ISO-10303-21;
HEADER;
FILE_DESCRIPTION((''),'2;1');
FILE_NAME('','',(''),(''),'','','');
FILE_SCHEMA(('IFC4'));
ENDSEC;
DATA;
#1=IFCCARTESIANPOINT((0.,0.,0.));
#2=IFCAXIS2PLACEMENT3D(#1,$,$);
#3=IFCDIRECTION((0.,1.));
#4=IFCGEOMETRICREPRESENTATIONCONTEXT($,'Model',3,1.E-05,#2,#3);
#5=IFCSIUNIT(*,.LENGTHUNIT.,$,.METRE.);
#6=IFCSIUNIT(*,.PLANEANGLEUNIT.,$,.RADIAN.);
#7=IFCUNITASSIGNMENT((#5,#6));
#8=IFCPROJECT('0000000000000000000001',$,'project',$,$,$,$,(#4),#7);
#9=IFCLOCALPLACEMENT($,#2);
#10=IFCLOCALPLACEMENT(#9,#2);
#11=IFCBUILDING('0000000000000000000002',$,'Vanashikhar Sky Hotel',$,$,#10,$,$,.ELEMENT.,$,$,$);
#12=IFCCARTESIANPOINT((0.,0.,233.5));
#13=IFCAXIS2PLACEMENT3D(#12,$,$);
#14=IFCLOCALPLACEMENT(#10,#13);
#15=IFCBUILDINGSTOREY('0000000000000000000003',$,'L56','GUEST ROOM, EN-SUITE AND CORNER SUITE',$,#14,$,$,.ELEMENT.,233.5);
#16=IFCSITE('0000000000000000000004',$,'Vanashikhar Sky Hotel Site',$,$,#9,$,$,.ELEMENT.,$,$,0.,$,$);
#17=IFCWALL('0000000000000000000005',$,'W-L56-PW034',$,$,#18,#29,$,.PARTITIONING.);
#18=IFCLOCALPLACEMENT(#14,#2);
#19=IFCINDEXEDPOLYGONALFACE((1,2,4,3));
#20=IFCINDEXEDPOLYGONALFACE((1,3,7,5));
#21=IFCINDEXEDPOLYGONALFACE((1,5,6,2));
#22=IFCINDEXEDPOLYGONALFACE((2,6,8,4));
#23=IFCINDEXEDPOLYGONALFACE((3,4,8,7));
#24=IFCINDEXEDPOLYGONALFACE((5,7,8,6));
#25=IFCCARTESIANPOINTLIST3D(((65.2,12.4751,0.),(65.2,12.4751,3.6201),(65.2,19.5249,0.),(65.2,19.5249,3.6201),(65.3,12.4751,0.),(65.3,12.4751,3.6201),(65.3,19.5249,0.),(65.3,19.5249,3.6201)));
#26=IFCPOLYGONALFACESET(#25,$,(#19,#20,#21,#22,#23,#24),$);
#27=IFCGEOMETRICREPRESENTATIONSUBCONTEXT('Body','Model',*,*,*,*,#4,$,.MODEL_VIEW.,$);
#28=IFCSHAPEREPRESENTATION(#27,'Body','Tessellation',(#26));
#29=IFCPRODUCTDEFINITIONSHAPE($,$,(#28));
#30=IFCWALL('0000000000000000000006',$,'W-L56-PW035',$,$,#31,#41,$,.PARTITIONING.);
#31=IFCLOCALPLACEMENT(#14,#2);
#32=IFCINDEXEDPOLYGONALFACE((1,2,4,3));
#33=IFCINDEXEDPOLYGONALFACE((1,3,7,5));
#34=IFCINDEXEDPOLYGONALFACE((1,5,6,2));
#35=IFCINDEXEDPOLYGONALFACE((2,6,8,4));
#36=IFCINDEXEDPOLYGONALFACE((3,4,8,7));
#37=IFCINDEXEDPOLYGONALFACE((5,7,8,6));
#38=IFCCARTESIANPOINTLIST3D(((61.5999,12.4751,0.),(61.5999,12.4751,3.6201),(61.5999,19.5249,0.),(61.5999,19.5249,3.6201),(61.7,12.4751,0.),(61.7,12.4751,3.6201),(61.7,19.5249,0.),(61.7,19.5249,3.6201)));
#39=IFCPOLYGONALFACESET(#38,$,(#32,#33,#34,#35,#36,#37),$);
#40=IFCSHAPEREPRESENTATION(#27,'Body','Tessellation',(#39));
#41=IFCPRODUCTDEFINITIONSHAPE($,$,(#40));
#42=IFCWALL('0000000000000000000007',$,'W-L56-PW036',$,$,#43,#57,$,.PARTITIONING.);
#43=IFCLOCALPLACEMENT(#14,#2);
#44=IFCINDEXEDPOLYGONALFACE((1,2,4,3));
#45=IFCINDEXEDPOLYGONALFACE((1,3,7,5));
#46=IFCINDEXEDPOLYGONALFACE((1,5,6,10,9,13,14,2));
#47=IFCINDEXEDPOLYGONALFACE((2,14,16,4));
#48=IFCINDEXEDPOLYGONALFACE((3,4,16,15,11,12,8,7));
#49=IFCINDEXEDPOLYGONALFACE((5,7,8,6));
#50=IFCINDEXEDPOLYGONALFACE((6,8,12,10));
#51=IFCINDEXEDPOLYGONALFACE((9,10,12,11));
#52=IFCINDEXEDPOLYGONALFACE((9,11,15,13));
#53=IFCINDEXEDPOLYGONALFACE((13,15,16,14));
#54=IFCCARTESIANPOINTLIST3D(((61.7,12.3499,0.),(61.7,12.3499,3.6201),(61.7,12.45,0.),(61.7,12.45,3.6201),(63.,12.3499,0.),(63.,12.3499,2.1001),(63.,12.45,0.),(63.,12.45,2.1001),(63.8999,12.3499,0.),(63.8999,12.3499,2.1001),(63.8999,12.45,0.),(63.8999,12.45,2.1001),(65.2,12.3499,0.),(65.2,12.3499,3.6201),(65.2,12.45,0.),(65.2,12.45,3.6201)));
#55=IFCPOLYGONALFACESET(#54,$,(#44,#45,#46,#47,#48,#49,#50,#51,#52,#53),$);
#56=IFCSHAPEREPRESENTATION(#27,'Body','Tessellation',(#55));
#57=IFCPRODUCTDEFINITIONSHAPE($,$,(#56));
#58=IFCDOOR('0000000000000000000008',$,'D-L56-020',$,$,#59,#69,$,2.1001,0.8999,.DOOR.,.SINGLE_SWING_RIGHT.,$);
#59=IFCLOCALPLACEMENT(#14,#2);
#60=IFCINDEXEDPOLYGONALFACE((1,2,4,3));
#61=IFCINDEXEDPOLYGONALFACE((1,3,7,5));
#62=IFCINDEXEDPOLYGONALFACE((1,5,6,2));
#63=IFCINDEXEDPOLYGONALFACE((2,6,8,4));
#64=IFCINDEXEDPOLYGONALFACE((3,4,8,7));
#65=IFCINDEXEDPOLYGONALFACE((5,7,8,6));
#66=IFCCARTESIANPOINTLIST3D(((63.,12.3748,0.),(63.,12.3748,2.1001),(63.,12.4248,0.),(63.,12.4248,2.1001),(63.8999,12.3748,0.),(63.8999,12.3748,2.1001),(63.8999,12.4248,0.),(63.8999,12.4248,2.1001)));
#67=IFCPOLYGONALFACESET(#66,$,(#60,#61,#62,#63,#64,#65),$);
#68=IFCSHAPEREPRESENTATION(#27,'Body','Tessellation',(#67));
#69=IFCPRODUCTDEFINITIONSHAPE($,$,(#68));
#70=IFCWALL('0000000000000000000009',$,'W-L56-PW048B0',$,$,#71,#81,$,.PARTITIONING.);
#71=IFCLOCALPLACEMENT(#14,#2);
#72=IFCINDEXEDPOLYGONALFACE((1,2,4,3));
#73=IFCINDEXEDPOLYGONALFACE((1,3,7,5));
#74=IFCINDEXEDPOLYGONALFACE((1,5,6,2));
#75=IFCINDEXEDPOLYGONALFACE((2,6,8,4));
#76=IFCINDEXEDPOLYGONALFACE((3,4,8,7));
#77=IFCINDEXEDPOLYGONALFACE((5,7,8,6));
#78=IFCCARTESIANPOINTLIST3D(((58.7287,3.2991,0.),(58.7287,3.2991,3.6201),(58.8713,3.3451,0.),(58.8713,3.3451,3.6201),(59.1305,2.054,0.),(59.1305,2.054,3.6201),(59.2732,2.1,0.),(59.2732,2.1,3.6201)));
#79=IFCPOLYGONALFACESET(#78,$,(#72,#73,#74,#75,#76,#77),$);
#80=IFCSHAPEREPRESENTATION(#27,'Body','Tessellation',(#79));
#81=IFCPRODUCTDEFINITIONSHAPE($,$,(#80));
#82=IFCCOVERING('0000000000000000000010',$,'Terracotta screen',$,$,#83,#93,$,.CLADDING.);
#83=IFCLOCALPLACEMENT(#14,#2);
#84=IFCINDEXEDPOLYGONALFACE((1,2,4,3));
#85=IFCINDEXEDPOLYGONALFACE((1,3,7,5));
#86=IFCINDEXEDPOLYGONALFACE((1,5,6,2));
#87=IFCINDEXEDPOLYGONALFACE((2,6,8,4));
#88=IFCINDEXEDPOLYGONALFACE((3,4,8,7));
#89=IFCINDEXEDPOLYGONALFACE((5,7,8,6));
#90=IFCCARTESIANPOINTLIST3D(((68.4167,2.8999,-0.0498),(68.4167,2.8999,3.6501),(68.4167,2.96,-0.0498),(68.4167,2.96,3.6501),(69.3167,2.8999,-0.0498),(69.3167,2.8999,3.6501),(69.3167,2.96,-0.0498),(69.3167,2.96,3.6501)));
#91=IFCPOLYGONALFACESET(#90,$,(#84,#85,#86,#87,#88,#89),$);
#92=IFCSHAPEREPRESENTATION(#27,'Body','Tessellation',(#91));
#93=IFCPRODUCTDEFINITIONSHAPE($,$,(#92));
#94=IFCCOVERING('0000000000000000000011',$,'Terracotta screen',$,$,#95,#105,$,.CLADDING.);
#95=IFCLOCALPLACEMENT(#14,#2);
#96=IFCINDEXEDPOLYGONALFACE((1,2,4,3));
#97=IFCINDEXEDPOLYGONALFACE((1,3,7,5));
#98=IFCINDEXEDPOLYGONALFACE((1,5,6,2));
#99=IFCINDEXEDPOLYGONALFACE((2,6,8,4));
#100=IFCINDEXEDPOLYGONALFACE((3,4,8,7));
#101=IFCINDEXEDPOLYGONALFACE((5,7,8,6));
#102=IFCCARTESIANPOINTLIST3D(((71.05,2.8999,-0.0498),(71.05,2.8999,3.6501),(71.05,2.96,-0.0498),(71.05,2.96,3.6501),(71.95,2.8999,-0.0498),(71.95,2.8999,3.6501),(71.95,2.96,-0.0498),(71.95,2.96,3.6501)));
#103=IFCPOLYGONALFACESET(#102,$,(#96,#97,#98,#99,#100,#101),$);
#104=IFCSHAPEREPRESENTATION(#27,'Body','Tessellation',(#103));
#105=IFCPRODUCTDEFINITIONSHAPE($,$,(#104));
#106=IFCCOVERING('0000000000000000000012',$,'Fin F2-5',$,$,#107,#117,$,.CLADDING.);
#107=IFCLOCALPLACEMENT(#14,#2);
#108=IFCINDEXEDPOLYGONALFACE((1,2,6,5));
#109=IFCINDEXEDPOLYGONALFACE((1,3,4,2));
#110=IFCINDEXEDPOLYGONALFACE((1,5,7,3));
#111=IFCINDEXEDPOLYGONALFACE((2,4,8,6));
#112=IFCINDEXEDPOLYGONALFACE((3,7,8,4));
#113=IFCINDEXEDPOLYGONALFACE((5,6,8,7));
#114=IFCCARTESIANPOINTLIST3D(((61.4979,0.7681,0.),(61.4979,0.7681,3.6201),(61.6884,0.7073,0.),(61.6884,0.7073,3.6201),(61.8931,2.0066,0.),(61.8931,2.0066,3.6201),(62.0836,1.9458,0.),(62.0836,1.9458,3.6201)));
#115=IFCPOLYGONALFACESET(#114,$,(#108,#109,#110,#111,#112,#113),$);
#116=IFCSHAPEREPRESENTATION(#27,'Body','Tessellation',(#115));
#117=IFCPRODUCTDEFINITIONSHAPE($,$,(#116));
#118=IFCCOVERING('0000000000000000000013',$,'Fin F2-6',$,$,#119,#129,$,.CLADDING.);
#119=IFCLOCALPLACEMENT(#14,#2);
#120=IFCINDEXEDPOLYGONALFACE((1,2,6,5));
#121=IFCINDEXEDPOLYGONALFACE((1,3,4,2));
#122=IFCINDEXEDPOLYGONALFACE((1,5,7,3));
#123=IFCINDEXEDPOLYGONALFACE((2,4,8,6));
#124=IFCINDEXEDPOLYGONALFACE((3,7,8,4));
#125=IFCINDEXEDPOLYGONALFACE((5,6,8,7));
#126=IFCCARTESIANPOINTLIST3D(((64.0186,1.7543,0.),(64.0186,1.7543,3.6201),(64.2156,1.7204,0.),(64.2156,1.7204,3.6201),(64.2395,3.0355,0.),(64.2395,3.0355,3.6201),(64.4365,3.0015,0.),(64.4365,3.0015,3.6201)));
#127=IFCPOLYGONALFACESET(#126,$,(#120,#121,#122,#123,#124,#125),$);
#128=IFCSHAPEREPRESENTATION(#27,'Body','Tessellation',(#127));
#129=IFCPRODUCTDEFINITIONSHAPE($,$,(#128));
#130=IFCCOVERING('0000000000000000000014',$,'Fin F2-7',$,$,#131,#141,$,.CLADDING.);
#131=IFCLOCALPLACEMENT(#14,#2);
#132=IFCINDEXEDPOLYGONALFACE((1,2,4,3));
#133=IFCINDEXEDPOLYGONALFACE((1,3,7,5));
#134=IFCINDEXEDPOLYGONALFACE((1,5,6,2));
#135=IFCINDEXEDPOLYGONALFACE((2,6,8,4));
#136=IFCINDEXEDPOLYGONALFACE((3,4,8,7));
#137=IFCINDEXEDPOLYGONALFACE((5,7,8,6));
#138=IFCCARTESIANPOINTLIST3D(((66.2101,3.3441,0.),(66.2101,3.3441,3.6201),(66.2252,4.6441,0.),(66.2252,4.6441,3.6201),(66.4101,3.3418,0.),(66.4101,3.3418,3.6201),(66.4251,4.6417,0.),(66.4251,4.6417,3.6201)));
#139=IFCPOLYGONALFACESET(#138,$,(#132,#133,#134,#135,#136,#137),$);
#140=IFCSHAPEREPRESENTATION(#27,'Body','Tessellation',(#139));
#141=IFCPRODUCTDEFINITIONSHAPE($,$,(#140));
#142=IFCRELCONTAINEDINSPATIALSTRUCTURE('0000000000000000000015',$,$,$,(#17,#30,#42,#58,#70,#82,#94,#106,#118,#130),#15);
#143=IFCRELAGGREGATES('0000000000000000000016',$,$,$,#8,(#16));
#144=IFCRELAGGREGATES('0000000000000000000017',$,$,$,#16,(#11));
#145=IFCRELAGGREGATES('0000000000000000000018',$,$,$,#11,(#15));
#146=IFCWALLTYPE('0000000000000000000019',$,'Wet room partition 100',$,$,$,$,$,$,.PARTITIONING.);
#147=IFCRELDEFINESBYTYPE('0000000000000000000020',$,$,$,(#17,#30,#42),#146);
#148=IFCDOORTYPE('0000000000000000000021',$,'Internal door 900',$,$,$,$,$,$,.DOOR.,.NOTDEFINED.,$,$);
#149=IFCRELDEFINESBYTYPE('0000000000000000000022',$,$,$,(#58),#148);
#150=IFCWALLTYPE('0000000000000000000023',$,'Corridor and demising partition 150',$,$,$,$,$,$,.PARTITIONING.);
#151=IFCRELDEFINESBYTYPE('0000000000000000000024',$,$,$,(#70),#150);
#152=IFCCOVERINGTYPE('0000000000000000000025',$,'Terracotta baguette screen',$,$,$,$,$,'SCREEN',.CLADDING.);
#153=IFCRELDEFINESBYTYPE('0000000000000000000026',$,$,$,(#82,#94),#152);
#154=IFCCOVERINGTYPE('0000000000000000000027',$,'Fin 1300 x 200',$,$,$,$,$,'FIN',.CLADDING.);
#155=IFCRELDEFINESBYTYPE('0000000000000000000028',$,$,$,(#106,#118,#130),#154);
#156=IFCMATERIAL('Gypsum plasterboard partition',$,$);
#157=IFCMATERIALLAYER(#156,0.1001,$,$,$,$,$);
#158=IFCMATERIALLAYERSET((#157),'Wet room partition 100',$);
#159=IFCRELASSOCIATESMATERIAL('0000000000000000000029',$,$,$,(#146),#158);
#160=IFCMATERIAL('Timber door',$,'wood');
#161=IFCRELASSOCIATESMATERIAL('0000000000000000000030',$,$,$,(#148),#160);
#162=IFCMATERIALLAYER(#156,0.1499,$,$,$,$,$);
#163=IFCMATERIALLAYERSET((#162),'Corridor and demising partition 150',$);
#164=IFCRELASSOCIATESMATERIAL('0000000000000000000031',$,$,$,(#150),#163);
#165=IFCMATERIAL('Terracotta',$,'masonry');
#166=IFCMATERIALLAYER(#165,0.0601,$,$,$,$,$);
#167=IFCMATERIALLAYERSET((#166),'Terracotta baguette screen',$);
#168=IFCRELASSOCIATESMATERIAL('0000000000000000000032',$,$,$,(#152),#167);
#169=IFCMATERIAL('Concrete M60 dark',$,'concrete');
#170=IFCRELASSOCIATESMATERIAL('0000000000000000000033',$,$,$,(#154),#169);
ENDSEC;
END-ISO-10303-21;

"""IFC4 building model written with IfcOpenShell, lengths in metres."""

from ifc_helpers import new_model, si_unit, direction, frame, frame_2d, origin, origin_2d, place, context, subcontext, project, spatial, rectangle, extrude, source, transform, mapped, material, layer, layer_set, material_profile, profile_set, type_object, element, fill, save


model = new_model("IFC4")

# Units and contexts
model_context = context("Model", 3, precision=1e-05, world=origin(), true_north=direction((0.0, 1.0)))
body_context = subcontext(model_context, "Body", "Model", "MODEL_VIEW")
ifc_project = project(units=[si_unit("LENGTHUNIT", "METRE"), si_unit("PLANEANGLEUNIT", "RADIAN")], contexts=[model_context])

# Site, building, storey
site_placement = place(None, origin())
site = spatial("IfcSite", under=ifc_project, at=site_placement, Name="Vanashikhar Sky Hotel Site", CompositionType="ELEMENT", RefElevation=0.0)
building_placement = place(site_placement, origin())
building = spatial("IfcBuilding", under=site, at=building_placement, Name="Vanashikhar Sky Hotel", CompositionType="ELEMENT")
storey_placement = place(building_placement, frame((0.0, 0.0, 233.5)))
storey = spatial("IfcBuildingStorey", under=building, at=storey_placement, Name="L56", Description="GUEST ROOM, EN-SUITE AND CORNER SUITE", CompositionType="ELEMENT", Elevation=233.5)

# Walls
ifc_material_1 = material(Name="Gypsum plasterboard partition")
ifc_layer_1 = layer(ifc_material_1, 0.1001)
ifc_layer_set_1 = layer_set([ifc_layer_1], Name="Wet room partition 100")
wall_type_1 = type_object("IfcWallType", Name="Wet room partition 100", PredefinedType="PARTITIONING", material=ifc_layer_set_1)
shared_shape_1 = source(origin(), body_context, "Body", "SweptSolid", [
    extrude(rectangle(XDim=7.0498, YDim=0.1001, at=frame_2d((3.5249, 0.0))), origin(), (0.0, 0.0, 1.0), 3.6201),
])
for number, where, z_axis, x_axis, name in (
    (1, (65.25, 12.4751, 0.0), (0.0, 0.0, 1.0), (0.0, 1.0, 0.0), "W-L56-PW034"),
    (2, (61.6499, 12.4751, 0.0), (0.0, 0.0, 1.0), (0.0, 1.0, 0.0), "W-L56-PW035"),
):
    element("IfcWall", number, at=place(storey_placement, frame(where, z_axis=z_axis, x_axis=x_axis)), inside=storey, type_object=wall_type_1, Name=name, PredefinedType="PARTITIONING", context=body_context, shape_type="MappedRepresentation", body=[
        mapped(shared_shape_1, transform((0.0, 0.0, 0.0), scale=1.0)),
    ])

# Wall, opening, door
shared_shape_2 = source(origin(), body_context, "Body", "SweptSolid", [
    extrude(rectangle(XDim=3.5, YDim=0.1001, at=frame_2d((1.75, 0.0))), origin(), (0.0, 0.0, 1.0), 3.6201),
])
wall_1_placement = place(storey_placement, frame((61.7, 12.3999, 0.0), z_axis=(0.0, 0.0, 1.0), x_axis=(1.0, 0.0, 0.0)))
wall_1 = element("IfcWall", 3, at=wall_1_placement, inside=storey, type_object=wall_type_1, Name="W-L56-PW036", PredefinedType="PARTITIONING", context=body_context, shape_type="MappedRepresentation", body=[
    mapped(shared_shape_2, transform((0.0, 0.0, 0.0), scale=1.0)),
])
shared_shape_3 = source(origin(), body_context, "Body", "SweptSolid", [
    extrude(rectangle(XDim=0.8999, YDim=2.1001, at=frame_2d((0.45, 1.05))), frame((0.0, 0.0601, 0.0), z_axis=(0.0, -1.0, 0.0), x_axis=(1.0, 0.0, 0.0)), (0.0, 0.0, 1.0), 0.1201),
])
opening_1_placement = place(wall_1_placement, frame((1.3, 0.0, 0.0)))
opening_1 = element("IfcOpeningElement", 4, at=opening_1_placement, cuts=wall_1, PredefinedType="OPENING", context=body_context, shape_type="MappedRepresentation", body=[
    mapped(shared_shape_3, transform((0.0, 0.0, 0.0), scale=1.0)),
])
ifc_material_2 = material(Name="Timber door", Category="wood")
door_type_1 = type_object("IfcDoorType", Name="Internal door 900", OperationType="NOTDEFINED", PredefinedType="DOOR", material=ifc_material_2)
shared_shape_4 = source(origin(), body_context, "Body", "SweptSolid", [
    extrude(rectangle(XDim=0.8999, YDim=2.1001, at=frame_2d((0.45, 1.05))), frame((0.0, 0.0249, 0.0), z_axis=(0.0, -1.0, 0.0), x_axis=(1.0, 0.0, 0.0)), (0.0, 0.0, 1.0), 0.05),
])
door_1_placement = place(opening_1_placement, origin())
door_1 = element("IfcDoor", 5, at=door_1_placement, inside=storey, type_object=door_type_1, Name="D-L56-020", OperationType="SINGLE_SWING_RIGHT", OverallHeight=2.1001, OverallWidth=0.8999, PredefinedType="DOOR", context=body_context, shape_type="MappedRepresentation", body=[
    mapped(shared_shape_4, transform((0.0, 0.0, 0.0), scale=1.0)),
])
fill(opening_1, door_1)

# Wall
ifc_layer_2 = layer(ifc_material_1, 0.1499)
ifc_layer_set_2 = layer_set([ifc_layer_2], Name="Corridor and demising partition 150")
wall_type_2 = type_object("IfcWallType", Name="Corridor and demising partition 150", PredefinedType="PARTITIONING", material=ifc_layer_set_2)
shared_shape_5 = source(origin(), body_context, "Body", "SweptSolid", [
    extrude(rectangle(XDim=1.3083, YDim=0.1499, at=frame_2d((0.6543, 0.0))), origin(), (0.0, 0.0, 1.0), 3.6201),
])
wall_2_placement = place(storey_placement, frame((59.2019, 2.0769, 0.0), z_axis=(0.0, 0.0, 1.0), x_axis=(-0.307145, 0.951663, 0.0)))
element("IfcWall", 6, at=wall_2_placement, inside=storey, type_object=wall_type_2, Name="W-L56-PW048B0", PredefinedType="PARTITIONING", context=body_context, shape_type="MappedRepresentation", body=[
    mapped(shared_shape_5, transform((0.0, 0.0, 0.0), scale=1.0)),
])

# Coverings
ifc_material_3 = material(Name="Terracotta", Category="masonry")
ifc_layer_3 = layer(ifc_material_3, 0.0601)
ifc_layer_set_3 = layer_set([ifc_layer_3], Name="Terracotta baguette screen")
covering_type_1 = type_object("IfcCoveringType", Name="Terracotta baguette screen", ElementType="SCREEN", PredefinedType="CLADDING", material=ifc_layer_set_3)
shared_shape_6 = source(origin(), body_context, "Body", "SweptSolid", [
    extrude(rectangle(XDim=0.8999, YDim=0.0601, at=origin_2d()), origin(), (0.0, 0.0, 1.0), 3.7),
])
for number, where, z_axis, x_axis, name in (
    (7, (68.8667, 2.9299, -0.0498), (0.0, 0.0, 1.0), (1.0, 0.0, 0.0), "Terracotta screen"),
    (8, (71.5, 2.9299, -0.0498), (0.0, 0.0, 1.0), (1.0, 0.0, 0.0), "Terracotta screen"),
):
    element("IfcCovering", number, at=place(storey_placement, frame(where, z_axis=z_axis, x_axis=x_axis)), inside=storey, type_object=covering_type_1, Name=name, PredefinedType="CLADDING", context=body_context, shape_type="MappedRepresentation", body=[
        mapped(shared_shape_6, transform((0.0, 0.0, 0.0), scale=1.0)),
    ])
ifc_material_4 = material(Name="Concrete M60 dark", Category="concrete")
ifc_material_profile_1 = material_profile(ifc_material_4, rectangle(XDim=1.3, YDim=0.2, at=origin_2d()))
ifc_profile_set_1 = profile_set([ifc_material_profile_1], Name="Fin 1300 x 200")
covering_type_2 = type_object("IfcCoveringType", Name="Fin 1300 x 200", ElementType="FIN", PredefinedType="CLADDING", material=ifc_profile_set_1)
shared_shape_7 = source(origin(), body_context, "Body", "SweptSolid", [
    extrude(rectangle(XDim=1.3, YDim=0.2, at=origin_2d()), origin(), (0.0, 0.0, 1.0), 3.6201),
])
for number, where, z_axis, x_axis, name in (
    (9, (61.7908, 1.3569, 0.0), (0.0, 0.0, 1.0), (-0.303967, -0.952683, 0.0), "Fin F2-5"),
    (10, (64.2275, 2.3779, 0.0), (0.0, 0.0, 1.0), (-0.1699, -0.985461, 0.0), "Fin F2-6"),
    (11, (66.3176, 3.9929, 0.0), (0.0, 0.0, 1.0), (-0.011589, -0.999933, 0.0), "Fin F2-7"),
):
    element("IfcCovering", number, at=place(storey_placement, frame(where, z_axis=z_axis, x_axis=x_axis)), inside=storey, type_object=covering_type_2, Name=name, PredefinedType="CLADDING", context=body_context, shape_type="MappedRepresentation", body=[
        mapped(shared_shape_7, transform((0.0, 0.0, 0.0), scale=1.0)),
    ])

save(model, "model.ifc")
